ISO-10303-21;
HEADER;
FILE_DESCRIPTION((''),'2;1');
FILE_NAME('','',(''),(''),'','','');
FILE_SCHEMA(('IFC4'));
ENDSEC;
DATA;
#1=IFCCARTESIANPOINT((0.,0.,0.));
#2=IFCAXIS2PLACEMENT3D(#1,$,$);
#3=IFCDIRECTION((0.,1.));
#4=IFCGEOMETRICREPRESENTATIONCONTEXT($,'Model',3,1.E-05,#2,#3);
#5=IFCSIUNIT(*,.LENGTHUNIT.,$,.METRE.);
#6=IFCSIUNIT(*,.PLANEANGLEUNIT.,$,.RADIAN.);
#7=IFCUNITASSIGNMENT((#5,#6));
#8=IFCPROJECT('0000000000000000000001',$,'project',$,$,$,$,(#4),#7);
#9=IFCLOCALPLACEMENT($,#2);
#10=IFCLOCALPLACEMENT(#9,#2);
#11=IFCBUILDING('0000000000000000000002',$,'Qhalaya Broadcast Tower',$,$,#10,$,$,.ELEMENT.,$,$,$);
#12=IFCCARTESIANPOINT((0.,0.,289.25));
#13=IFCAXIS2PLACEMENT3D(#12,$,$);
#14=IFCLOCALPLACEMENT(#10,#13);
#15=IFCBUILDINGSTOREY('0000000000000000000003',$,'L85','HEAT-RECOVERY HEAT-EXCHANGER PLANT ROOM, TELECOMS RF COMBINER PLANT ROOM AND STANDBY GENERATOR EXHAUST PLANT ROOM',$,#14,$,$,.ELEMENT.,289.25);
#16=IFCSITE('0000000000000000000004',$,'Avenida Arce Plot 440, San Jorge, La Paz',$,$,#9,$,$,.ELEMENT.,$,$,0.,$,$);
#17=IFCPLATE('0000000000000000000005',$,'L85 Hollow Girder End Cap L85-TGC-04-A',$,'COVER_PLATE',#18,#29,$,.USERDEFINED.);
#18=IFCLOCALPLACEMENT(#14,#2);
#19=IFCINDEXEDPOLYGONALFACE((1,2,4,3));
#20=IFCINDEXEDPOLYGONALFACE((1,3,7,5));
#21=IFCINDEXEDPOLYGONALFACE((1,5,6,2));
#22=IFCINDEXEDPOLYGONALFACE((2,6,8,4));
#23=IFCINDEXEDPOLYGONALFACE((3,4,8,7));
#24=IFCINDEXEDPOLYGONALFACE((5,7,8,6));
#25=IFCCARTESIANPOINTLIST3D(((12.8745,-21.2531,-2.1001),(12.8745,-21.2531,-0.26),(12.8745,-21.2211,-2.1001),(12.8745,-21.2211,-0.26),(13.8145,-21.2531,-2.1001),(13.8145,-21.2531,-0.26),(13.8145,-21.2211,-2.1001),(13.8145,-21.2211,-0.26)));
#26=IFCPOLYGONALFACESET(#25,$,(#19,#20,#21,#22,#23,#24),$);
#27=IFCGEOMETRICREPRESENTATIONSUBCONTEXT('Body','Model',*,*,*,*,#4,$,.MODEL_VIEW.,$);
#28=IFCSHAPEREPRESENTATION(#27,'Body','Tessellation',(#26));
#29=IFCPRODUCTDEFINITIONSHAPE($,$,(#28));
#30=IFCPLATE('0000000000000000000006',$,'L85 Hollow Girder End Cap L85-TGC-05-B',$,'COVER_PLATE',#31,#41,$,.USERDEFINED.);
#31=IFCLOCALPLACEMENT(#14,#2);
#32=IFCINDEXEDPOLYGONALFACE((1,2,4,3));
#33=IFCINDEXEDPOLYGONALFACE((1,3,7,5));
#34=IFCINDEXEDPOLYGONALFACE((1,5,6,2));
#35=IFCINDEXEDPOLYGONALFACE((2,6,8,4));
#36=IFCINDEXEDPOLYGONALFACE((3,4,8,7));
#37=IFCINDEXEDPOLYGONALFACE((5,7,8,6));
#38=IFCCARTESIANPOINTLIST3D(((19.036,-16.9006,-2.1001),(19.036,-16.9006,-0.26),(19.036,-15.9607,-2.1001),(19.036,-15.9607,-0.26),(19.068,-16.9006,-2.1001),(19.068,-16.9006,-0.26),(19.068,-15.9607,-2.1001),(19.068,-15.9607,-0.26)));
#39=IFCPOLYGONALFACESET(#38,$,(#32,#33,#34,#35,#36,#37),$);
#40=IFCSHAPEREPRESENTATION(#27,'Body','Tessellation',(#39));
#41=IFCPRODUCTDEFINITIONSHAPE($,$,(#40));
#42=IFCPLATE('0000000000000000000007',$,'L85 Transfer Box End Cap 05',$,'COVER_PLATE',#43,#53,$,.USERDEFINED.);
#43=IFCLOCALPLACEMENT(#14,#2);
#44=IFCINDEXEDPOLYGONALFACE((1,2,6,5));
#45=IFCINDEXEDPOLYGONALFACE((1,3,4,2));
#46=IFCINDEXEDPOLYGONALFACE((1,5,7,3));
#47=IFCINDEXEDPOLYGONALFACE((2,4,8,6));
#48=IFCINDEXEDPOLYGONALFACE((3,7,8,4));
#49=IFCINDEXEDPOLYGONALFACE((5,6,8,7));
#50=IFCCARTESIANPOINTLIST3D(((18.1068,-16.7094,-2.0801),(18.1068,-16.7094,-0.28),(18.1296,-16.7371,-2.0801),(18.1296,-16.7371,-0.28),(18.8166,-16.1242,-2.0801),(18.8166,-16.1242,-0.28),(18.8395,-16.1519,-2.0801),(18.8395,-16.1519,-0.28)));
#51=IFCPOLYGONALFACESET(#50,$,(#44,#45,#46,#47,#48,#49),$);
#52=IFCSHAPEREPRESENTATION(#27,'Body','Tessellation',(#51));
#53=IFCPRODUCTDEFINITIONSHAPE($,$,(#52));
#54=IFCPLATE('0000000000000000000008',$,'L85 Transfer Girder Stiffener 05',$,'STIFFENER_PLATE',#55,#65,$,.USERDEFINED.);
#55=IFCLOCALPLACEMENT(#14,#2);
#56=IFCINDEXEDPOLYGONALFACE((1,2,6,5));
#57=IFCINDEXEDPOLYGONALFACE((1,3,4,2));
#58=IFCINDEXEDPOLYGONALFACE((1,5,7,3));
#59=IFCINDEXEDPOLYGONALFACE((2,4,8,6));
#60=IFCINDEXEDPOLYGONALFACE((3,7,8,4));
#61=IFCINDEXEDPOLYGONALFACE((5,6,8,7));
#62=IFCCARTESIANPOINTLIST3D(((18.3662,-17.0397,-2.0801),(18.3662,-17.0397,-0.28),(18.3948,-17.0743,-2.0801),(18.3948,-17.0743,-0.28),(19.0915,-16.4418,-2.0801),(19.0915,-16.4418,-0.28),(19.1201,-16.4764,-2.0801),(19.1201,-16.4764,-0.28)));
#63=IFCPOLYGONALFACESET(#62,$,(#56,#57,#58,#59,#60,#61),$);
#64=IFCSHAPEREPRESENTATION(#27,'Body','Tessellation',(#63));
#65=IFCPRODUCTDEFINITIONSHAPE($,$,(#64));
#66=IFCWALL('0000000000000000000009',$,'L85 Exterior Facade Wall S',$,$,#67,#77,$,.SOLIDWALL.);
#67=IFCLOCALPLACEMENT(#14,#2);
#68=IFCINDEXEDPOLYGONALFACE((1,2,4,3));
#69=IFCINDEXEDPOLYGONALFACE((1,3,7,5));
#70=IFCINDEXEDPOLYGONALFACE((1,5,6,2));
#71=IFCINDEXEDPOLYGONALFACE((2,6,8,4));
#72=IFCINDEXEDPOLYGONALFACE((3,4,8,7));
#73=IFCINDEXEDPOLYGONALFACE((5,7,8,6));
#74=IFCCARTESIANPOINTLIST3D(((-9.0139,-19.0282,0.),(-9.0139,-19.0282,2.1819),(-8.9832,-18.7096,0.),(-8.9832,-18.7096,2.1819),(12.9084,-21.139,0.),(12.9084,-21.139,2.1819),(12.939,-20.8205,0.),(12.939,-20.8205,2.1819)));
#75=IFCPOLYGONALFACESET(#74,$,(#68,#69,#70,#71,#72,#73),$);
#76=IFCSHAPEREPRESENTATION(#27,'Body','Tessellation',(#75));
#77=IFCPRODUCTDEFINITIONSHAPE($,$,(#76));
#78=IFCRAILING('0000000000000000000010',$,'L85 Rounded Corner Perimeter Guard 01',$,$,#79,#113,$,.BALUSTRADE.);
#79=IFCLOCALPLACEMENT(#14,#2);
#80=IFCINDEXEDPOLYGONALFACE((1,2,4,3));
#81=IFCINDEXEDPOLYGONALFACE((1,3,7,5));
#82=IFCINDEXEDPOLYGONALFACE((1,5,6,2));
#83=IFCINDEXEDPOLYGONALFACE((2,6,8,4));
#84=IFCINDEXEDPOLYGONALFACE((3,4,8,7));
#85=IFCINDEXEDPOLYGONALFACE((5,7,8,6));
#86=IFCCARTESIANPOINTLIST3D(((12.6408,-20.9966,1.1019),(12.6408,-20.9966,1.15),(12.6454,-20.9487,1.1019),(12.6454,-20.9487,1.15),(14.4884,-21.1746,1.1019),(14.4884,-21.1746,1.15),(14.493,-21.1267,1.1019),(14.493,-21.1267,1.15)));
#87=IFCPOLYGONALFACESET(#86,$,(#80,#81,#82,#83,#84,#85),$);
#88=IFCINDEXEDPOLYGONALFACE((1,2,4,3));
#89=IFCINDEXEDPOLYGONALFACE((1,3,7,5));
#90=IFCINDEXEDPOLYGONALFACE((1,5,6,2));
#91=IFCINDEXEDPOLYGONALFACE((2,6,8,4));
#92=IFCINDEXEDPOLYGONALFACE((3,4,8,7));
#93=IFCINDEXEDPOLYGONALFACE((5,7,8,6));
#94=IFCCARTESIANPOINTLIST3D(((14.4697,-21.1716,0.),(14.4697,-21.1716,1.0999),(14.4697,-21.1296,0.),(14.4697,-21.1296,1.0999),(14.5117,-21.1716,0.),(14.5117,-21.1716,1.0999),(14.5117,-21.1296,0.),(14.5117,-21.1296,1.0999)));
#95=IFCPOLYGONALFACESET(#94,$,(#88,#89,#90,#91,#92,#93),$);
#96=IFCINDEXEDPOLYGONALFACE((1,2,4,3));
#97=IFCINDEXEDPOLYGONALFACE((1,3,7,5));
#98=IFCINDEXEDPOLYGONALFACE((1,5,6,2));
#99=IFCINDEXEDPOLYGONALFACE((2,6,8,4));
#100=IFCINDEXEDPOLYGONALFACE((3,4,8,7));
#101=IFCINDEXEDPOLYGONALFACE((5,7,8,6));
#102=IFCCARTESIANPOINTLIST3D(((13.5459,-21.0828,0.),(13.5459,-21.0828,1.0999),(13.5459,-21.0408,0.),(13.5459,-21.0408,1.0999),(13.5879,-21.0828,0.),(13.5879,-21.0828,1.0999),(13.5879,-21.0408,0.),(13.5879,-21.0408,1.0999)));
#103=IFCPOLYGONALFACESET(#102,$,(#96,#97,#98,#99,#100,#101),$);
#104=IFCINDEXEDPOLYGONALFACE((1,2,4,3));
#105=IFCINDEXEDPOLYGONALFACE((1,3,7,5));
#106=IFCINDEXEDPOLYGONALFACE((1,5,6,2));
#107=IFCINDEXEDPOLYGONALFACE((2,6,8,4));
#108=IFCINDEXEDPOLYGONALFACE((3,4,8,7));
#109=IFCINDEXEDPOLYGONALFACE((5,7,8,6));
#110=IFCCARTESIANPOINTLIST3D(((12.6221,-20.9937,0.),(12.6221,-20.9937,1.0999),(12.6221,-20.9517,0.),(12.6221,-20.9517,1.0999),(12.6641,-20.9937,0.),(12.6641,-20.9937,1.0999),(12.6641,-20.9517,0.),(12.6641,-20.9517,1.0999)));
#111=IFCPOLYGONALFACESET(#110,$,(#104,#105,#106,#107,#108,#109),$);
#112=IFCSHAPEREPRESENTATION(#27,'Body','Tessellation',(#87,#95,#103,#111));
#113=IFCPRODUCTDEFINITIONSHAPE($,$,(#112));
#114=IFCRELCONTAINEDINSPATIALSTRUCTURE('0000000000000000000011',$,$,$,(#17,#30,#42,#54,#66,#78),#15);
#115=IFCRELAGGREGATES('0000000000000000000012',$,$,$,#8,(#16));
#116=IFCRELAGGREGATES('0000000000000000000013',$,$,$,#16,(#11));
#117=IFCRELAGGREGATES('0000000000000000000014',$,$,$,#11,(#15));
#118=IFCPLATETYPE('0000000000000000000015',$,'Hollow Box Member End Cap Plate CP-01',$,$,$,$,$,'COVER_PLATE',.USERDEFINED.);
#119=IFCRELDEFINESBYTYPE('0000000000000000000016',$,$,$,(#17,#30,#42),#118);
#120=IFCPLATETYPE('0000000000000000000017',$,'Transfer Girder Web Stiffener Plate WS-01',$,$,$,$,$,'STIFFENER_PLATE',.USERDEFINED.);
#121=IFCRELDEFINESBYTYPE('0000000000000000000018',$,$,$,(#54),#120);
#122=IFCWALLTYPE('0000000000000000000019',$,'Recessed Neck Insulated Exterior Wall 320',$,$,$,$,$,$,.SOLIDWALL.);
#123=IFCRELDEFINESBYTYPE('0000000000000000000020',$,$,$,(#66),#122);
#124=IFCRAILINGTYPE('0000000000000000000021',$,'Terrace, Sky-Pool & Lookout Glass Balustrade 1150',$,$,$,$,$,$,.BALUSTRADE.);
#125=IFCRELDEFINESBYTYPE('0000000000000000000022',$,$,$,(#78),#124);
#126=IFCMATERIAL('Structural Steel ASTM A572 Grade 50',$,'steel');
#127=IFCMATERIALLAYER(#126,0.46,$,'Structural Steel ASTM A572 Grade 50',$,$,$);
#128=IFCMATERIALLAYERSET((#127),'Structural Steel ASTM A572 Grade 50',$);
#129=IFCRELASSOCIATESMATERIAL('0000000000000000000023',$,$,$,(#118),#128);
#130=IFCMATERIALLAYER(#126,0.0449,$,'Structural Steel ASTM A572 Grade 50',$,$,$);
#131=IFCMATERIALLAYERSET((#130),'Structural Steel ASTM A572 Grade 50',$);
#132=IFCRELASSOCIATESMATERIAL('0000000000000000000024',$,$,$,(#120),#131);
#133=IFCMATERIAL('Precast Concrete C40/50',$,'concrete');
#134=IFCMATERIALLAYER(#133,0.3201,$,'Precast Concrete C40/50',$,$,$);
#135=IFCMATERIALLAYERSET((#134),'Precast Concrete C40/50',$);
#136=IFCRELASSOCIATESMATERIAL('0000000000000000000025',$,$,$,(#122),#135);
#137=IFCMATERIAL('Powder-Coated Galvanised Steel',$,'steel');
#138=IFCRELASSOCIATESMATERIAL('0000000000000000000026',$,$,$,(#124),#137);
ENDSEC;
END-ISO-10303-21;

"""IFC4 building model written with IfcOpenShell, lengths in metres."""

from ifc_helpers import new_model, si_unit, direction, frame, frame_2d, origin, origin_2d, place, context, subcontext, project, spatial, rectangle, extrude, material, layer, layer_set, type_object, element, save


model = new_model("IFC4")

# Units and contexts
model_context = context("Model", 3, precision=1e-05, world=origin(), true_north=direction((0.0, 1.0)))
body_context = subcontext(model_context, "Body", "Model", "MODEL_VIEW")
ifc_project = project(units=[si_unit("LENGTHUNIT", "METRE"), si_unit("PLANEANGLEUNIT", "RADIAN")], contexts=[model_context])

# Site, building, storey
site_placement = place(None, origin())
site = spatial("IfcSite", under=ifc_project, at=site_placement, Name="Avenida Arce Plot 440, San Jorge, La Paz", CompositionType="ELEMENT", RefElevation=0.0)
building_placement = place(site_placement, origin())
building = spatial("IfcBuilding", under=site, at=building_placement, Name="Qhalaya Broadcast Tower", CompositionType="ELEMENT")
storey_placement = place(building_placement, frame((0.0, 0.0, 289.25)))
storey = spatial("IfcBuildingStorey", under=building, at=storey_placement, Name="L85", Description="HEAT-RECOVERY HEAT-EXCHANGER PLANT ROOM, TELECOMS RF COMBINER PLANT ROOM AND STANDBY GENERATOR EXHAUST PLANT ROOM", CompositionType="ELEMENT", Elevation=289.25)

# Shared definitions
ifc_material_1 = material(Name="Structural Steel ASTM A572 Grade 50", Category="steel")

# Plates
ifc_layer_1 = layer(ifc_material_1, 0.46, Name="Structural Steel ASTM A572 Grade 50")
ifc_layer_set_1 = layer_set([ifc_layer_1], Name="Structural Steel ASTM A572 Grade 50")
plate_type_1 = type_object("IfcPlateType", Name="Hollow Box Member End Cap Plate CP-01", ElementType="COVER_PLATE", PredefinedType="USERDEFINED", material=ifc_layer_set_1)
for number, where, z_axis, x_axis, name in (
    (1, (13.3445, -21.2371, -2.1001), (0.0, 0.0, 1.0), (-1.0, 0.0, 0.0), "L85 Hollow Girder End Cap L85-TGC-04-A"),
    (2, (19.052, -16.4307, -2.1001), (0.0, 0.0, 1.0), (0.0, 1.0, 0.0), "L85 Hollow Girder End Cap L85-TGC-05-B"),
):
    element("IfcPlate", number, at=place(storey_placement, frame(where, z_axis=z_axis, x_axis=x_axis)), inside=storey, type_object=plate_type_1, Name=name, ObjectType="COVER_PLATE", PredefinedType="USERDEFINED", context=body_context, shape_type="SweptSolid", body=[
        extrude(rectangle(XDim=0.9399, YDim=0.032, at=origin_2d()), origin(), (0.0, 0.0, 1.0), 1.8401),
    ])
plate_1_placement = place(storey_placement, frame((18.4731, -16.4307, -2.0801), z_axis=(0.0, 0.0, 1.0), x_axis=(-0.771613, -0.636092, 0.0)))
element("IfcPlate", 3, at=plate_1_placement, inside=storey, type_object=plate_type_1, Name="L85 Transfer Box End Cap 05", ObjectType="COVER_PLATE", PredefinedType="USERDEFINED", context=body_context, shape_type="SweptSolid", body=[
    extrude(rectangle(XDim=0.9199, YDim=0.0359, at=origin_2d()), origin(), (0.0, 0.0, 1.0), 1.8),
])
ifc_layer_2 = layer(ifc_material_1, 0.0449, Name="Structural Steel ASTM A572 Grade 50")
ifc_layer_set_2 = layer_set([ifc_layer_2], Name="Structural Steel ASTM A572 Grade 50")
plate_type_2 = type_object("IfcPlateType", Name="Transfer Girder Web Stiffener Plate WS-01", ElementType="STIFFENER_PLATE", PredefinedType="USERDEFINED", material=ifc_layer_set_2)
plate_2_placement = place(storey_placement, frame((18.7432, -16.7581, -2.0801), z_axis=(0.0, 0.0, 1.0), x_axis=(-0.771613, -0.636092, 0.0)))
element("IfcPlate", 4, at=plate_2_placement, inside=storey, type_object=plate_type_2, Name="L85 Transfer Girder Stiffener 05", ObjectType="STIFFENER_PLATE", PredefinedType="USERDEFINED", context=body_context, shape_type="SweptSolid", body=[
    extrude(rectangle(XDim=0.9399, YDim=0.0449, at=origin_2d()), origin(), (0.0, 0.0, 1.0), 1.8),
])

# Wall
ifc_material_2 = material(Name="Precast Concrete C40/50", Category="concrete")
ifc_layer_3 = layer(ifc_material_2, 0.3201, Name="Precast Concrete C40/50")
ifc_layer_set_3 = layer_set([ifc_layer_3], Name="Precast Concrete C40/50")
wall_type = type_object("IfcWallType", Name="Recessed Neck Insulated Exterior Wall 320", PredefinedType="SOLIDWALL", material=ifc_layer_set_3)
wall_placement = place(storey_placement, frame((12.9236, -20.9797, 0.0), z_axis=(0.0, 0.0, 1.0), x_axis=(-0.995396, 0.095844, 0.0)))
element("IfcWall", 5, at=wall_placement, inside=storey, type_object=wall_type, Name="L85 Exterior Facade Wall S", PredefinedType="SOLIDWALL", context=body_context, shape_type="SweptSolid", body=[
    extrude(rectangle(XDim=22.0237, YDim=0.3201, at=frame_2d((11.0117, 0.0))), origin(), (0.0, 0.0, 1.0), 2.1819),
])

# Railing
ifc_material_3 = material(Name="Powder-Coated Galvanised Steel", Category="steel")
railing_type = type_object("IfcRailingType", Name="Terrace, Sky-Pool & Lookout Glass Balustrade 1150", PredefinedType="BALUSTRADE", material=ifc_material_3)
railing_1_placement = place(storey_placement, frame((14.4907, -21.1506, 0.0)))
element("IfcRailing", 6, at=railing_1_placement, inside=storey, type_object=railing_type, Name="L85 Rounded Corner Perimeter Guard 01", PredefinedType="BALUSTRADE", context=body_context, shape_type="SweptSolid", body=[
    extrude(rectangle(XDim=0.0481, YDim=0.0481, at=origin_2d()), frame((0.0, 0.0, 1.126), z_axis=(-0.995393, 0.095883, 0.0), x_axis=(-0.095883, -0.995393, 0.0)), (0.0, 0.0, 1.0), 1.8562),
    extrude(rectangle(XDim=0.042, YDim=0.042, at=origin_2d()), origin(), (0.0, 0.0, 1.0), 1.0999),
    extrude(rectangle(XDim=0.042, YDim=0.042, at=origin_2d()), frame((-0.9238, 0.0889, 0.0)), (0.0, 0.0, 1.0), 1.0999),
    extrude(rectangle(XDim=0.042, YDim=0.042, at=origin_2d()), frame((-1.8477, 0.178, 0.0)), (0.0, 0.0, 1.0), 1.0999),
])

save(model, "model.ifc")
